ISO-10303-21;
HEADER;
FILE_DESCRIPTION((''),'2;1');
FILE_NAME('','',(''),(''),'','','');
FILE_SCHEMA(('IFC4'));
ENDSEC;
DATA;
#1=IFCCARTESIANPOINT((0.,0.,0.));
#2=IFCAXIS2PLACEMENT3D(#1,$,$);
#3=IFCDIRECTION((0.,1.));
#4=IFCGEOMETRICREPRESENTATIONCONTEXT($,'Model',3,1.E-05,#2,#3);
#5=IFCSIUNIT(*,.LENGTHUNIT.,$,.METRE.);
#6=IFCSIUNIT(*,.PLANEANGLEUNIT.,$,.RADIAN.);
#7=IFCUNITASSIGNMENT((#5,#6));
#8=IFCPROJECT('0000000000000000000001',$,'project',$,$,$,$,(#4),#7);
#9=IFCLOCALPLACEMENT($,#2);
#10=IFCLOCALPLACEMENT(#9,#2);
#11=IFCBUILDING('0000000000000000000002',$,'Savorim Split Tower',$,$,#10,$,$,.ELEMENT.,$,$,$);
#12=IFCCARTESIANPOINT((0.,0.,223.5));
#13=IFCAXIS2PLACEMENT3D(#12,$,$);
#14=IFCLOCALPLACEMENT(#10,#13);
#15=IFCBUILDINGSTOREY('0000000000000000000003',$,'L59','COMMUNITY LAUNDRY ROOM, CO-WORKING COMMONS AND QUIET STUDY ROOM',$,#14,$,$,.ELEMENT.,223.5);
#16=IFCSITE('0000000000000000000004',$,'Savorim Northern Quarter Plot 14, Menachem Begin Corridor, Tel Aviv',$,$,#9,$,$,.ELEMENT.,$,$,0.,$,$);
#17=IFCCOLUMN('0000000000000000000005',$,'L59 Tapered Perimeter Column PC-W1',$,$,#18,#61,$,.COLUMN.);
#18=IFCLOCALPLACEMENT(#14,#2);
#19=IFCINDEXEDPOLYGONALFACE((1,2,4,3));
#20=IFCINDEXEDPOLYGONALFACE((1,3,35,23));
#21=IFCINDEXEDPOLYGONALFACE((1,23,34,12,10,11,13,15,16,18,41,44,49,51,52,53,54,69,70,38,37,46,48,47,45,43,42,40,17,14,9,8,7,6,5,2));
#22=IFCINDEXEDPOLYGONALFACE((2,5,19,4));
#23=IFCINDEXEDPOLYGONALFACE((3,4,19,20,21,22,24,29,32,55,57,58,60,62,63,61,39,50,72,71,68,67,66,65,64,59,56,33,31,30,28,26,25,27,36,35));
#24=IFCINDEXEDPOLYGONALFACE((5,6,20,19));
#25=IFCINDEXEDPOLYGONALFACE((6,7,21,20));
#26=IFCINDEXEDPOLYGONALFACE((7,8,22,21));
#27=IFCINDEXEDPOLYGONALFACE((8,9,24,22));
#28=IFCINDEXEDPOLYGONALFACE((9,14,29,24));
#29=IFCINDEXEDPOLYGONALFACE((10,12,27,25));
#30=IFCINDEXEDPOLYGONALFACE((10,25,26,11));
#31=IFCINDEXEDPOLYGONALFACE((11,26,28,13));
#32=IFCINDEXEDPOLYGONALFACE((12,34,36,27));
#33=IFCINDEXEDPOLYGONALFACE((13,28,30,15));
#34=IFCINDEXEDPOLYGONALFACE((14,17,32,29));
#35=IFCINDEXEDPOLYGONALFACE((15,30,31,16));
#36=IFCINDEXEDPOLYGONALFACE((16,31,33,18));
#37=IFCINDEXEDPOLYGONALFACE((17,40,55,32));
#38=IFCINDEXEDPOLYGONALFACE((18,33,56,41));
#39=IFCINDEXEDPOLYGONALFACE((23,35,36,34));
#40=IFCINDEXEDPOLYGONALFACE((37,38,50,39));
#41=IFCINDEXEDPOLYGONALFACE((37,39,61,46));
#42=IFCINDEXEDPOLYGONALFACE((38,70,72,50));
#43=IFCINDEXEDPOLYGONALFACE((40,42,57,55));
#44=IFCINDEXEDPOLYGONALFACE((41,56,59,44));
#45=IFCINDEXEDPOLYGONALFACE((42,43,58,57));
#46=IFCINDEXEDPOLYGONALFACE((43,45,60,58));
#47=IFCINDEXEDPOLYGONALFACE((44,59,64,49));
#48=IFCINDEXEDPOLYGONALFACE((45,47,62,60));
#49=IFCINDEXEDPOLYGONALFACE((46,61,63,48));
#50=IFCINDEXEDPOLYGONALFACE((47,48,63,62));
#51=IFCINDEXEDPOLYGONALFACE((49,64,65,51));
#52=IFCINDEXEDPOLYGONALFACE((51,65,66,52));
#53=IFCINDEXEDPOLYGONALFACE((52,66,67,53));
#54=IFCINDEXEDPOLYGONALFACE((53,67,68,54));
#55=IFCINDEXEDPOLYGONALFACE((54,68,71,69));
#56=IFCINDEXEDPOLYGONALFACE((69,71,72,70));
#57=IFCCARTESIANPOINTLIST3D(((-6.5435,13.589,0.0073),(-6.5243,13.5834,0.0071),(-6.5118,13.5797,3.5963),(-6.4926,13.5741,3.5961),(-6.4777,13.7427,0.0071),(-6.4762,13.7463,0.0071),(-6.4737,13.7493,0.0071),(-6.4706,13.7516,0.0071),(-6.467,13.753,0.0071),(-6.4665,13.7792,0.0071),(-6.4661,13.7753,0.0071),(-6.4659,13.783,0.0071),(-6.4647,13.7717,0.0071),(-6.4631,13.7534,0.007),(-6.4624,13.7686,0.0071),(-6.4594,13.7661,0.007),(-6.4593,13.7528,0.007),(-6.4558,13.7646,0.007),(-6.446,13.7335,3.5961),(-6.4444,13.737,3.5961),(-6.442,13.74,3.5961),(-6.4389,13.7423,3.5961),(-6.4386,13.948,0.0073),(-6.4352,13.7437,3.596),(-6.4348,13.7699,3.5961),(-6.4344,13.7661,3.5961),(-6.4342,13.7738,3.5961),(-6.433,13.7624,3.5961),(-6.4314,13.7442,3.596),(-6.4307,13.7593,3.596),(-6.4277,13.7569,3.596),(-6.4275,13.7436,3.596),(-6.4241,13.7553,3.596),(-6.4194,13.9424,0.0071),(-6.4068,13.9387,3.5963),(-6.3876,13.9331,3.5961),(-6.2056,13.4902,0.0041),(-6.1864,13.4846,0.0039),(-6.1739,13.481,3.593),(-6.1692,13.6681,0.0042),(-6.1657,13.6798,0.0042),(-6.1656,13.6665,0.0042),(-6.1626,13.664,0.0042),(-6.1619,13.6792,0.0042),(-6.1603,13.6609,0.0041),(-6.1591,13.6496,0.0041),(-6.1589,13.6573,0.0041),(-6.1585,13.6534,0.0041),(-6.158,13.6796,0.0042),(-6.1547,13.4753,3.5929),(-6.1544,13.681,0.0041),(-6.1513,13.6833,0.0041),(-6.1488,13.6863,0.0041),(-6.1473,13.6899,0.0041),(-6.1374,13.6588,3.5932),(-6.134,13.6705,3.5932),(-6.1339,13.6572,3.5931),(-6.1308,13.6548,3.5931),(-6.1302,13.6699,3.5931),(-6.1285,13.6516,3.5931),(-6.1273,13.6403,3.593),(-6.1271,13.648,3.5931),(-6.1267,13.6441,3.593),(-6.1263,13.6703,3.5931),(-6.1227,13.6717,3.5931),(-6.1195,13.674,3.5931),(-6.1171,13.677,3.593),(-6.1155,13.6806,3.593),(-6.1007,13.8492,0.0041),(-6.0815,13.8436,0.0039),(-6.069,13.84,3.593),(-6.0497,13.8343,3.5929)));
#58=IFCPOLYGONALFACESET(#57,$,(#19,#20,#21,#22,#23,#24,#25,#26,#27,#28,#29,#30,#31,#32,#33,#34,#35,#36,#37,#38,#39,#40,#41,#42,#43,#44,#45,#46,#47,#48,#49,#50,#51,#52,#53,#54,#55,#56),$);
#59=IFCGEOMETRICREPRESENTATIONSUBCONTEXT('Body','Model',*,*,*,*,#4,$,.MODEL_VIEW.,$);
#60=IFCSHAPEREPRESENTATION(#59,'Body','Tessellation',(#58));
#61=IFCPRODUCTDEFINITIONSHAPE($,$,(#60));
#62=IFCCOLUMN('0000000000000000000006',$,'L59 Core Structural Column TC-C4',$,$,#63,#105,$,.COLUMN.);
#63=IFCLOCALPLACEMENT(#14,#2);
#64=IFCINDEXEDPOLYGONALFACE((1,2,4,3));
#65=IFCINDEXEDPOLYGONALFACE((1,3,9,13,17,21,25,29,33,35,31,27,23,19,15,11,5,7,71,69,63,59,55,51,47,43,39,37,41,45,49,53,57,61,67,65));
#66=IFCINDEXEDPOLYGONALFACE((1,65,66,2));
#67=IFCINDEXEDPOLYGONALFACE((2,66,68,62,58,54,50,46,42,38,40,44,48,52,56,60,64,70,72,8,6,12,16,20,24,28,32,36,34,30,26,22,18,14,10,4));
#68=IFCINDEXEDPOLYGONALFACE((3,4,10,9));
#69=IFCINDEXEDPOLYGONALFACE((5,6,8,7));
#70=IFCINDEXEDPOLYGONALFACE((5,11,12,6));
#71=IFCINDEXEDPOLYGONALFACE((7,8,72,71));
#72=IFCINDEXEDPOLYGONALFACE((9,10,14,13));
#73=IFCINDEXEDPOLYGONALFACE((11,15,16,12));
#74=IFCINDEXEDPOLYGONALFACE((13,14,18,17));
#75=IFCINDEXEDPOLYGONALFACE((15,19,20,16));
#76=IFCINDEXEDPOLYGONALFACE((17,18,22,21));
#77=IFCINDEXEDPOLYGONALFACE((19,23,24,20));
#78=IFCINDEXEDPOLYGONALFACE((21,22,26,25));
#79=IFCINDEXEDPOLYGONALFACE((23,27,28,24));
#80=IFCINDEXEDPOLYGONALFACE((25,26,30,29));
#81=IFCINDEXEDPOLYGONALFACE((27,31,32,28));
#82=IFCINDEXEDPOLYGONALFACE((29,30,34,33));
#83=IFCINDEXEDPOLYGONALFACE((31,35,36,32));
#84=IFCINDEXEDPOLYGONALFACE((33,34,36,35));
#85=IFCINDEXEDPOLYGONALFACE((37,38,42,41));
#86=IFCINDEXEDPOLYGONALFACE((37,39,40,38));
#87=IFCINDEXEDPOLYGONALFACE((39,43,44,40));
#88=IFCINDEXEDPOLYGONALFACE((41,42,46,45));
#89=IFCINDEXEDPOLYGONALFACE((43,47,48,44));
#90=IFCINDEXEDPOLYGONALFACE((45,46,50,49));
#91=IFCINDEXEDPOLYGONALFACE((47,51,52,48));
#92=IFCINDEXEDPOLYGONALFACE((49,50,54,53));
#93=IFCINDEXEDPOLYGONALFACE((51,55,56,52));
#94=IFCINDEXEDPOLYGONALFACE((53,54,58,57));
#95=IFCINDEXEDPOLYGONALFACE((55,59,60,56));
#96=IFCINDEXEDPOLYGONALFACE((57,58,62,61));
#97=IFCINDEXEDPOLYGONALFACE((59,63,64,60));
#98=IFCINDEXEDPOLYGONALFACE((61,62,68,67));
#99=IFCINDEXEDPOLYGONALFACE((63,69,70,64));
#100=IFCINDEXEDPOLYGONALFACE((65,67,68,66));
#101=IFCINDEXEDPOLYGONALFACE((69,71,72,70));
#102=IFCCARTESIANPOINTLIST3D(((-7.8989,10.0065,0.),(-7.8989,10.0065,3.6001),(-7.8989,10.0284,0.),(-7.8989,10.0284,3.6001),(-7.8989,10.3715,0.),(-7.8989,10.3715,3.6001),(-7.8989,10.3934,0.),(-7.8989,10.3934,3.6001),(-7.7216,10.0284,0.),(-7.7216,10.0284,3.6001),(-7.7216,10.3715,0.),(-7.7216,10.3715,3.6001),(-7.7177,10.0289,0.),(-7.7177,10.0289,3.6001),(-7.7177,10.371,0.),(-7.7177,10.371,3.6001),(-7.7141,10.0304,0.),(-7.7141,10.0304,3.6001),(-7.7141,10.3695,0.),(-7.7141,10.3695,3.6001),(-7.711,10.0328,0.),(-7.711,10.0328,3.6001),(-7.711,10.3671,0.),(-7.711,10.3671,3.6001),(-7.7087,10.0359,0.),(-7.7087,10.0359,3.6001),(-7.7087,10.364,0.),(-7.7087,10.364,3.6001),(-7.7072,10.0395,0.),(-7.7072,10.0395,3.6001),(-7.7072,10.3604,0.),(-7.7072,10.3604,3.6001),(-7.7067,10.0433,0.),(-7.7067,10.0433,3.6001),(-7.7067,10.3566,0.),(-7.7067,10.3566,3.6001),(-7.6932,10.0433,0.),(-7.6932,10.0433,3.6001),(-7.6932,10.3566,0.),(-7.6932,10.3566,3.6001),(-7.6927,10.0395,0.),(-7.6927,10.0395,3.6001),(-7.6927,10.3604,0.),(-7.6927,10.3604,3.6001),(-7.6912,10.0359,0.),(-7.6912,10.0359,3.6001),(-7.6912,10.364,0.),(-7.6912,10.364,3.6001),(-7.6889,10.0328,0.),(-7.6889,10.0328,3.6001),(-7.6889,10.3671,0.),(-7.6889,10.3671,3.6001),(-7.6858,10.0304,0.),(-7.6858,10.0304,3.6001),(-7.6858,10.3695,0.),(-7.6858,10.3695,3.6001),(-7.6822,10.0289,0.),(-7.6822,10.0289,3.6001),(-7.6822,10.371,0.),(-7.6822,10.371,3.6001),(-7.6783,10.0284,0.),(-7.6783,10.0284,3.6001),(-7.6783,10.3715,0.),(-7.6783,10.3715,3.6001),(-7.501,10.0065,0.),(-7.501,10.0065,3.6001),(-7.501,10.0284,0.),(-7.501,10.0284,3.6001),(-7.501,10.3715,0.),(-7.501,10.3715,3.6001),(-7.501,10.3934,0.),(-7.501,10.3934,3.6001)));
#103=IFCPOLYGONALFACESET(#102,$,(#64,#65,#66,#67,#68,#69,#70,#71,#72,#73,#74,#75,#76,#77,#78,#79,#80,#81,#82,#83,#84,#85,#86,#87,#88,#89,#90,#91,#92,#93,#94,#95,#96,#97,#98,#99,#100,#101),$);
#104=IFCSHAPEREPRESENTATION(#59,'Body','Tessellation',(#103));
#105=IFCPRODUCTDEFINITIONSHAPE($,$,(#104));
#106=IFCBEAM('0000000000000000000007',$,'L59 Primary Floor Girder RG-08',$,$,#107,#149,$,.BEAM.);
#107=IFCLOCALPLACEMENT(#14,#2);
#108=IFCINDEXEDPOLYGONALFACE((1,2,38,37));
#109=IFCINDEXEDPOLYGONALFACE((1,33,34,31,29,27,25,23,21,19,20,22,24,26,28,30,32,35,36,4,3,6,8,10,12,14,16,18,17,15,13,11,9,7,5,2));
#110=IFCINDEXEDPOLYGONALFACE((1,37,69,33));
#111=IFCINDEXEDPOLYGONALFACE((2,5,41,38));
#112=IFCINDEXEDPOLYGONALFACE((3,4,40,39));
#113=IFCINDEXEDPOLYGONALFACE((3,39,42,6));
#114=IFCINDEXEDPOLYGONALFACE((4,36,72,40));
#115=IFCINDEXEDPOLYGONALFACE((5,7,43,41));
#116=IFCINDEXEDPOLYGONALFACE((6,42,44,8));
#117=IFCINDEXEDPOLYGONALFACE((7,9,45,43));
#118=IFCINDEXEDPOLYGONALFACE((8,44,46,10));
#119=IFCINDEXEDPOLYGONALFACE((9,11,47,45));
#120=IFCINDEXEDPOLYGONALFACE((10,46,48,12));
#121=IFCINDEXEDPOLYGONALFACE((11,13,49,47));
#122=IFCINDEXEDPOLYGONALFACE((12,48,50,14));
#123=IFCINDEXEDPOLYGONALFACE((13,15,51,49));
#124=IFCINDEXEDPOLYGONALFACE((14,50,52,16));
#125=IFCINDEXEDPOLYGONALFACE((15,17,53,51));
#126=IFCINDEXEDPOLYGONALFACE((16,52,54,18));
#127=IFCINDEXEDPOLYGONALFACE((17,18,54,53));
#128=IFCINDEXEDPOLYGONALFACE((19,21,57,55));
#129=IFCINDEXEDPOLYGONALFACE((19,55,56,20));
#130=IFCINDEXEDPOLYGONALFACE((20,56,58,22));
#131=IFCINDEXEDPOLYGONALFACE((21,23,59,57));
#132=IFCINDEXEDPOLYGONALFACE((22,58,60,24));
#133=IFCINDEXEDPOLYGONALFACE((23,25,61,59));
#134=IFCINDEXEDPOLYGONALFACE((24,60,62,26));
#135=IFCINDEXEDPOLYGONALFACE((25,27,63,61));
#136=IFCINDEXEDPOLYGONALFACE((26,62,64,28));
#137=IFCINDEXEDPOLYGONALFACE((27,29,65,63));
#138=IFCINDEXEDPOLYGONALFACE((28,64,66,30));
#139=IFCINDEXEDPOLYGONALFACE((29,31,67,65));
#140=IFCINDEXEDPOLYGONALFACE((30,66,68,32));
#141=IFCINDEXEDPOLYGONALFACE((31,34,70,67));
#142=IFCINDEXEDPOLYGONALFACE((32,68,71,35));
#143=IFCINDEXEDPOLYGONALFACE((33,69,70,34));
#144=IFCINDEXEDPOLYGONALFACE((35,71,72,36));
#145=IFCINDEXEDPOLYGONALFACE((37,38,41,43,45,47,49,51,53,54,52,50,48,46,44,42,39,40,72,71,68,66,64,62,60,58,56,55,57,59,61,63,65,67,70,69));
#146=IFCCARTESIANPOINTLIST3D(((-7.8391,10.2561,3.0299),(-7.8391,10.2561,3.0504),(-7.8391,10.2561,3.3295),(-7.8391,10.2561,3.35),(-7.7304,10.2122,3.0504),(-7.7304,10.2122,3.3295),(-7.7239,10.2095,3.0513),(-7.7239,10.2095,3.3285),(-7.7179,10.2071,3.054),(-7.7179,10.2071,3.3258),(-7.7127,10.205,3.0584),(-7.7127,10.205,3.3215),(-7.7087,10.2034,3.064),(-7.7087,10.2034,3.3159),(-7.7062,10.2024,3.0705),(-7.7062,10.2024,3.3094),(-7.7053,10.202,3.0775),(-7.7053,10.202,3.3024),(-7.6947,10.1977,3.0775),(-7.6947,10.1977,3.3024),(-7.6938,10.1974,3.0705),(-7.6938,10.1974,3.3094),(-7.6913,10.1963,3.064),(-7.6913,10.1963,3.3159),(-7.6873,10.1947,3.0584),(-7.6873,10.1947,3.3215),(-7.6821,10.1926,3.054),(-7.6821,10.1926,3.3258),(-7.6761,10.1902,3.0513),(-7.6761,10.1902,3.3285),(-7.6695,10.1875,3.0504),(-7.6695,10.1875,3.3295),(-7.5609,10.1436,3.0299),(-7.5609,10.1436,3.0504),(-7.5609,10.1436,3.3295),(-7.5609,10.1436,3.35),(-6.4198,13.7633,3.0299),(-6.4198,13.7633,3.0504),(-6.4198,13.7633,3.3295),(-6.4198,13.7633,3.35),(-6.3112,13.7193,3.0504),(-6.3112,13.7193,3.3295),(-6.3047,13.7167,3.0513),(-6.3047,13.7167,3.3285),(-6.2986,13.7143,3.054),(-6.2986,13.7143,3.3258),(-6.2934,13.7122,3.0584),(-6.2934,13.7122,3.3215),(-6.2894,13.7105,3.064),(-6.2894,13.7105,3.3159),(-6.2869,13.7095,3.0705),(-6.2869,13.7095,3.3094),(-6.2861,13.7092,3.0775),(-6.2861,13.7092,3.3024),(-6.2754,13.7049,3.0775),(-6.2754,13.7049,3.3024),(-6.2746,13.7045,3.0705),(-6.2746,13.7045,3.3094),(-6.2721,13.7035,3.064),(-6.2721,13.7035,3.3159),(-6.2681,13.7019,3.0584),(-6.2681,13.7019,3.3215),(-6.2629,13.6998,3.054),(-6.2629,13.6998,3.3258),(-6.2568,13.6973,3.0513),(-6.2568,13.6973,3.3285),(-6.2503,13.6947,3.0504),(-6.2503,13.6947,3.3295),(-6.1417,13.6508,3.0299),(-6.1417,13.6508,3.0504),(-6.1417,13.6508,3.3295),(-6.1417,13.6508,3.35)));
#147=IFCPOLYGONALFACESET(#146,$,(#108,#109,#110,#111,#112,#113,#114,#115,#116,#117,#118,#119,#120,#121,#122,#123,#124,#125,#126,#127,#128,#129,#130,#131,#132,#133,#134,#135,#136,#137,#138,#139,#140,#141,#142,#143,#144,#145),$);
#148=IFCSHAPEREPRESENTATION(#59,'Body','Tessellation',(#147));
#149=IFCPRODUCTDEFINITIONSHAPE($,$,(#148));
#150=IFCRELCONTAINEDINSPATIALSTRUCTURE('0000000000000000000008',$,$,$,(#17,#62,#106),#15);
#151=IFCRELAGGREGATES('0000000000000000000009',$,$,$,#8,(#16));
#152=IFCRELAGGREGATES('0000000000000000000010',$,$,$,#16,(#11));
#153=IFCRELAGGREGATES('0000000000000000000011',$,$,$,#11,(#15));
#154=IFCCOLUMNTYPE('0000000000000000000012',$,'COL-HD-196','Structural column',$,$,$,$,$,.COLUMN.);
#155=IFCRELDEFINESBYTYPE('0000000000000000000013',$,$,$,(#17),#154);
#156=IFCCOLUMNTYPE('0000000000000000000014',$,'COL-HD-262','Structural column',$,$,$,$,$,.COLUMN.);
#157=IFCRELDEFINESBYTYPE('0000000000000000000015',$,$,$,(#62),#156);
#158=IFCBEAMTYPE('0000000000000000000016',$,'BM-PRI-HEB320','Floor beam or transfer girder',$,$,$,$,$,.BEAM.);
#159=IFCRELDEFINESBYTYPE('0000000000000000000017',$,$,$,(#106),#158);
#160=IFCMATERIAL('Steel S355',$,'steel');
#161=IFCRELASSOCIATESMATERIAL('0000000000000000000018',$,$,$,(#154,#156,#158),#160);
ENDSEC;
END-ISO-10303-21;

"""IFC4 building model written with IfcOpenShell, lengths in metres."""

from ifc_helpers import new_model, si_unit, direction, frame, origin, origin_2d, place, context, subcontext, project, spatial, i_section, extrude, material, material_profile, profile_set, type_object, element, save


model = new_model("IFC4")

# Units and contexts
model_context = context("Model", 3, precision=1e-05, world=origin(), true_north=direction((0.0, 1.0)))
body_context = subcontext(model_context, "Body", "Model", "MODEL_VIEW")
ifc_project = project(units=[si_unit("LENGTHUNIT", "METRE"), si_unit("PLANEANGLEUNIT", "RADIAN")], contexts=[model_context])

# Site, building, storey
site_placement = place(None, origin())
site = spatial("IfcSite", under=ifc_project, at=site_placement, Name="Savorim Northern Quarter Plot 14, Menachem Begin Corridor, Tel Aviv", CompositionType="ELEMENT", RefElevation=0.0)
building_placement = place(site_placement, origin())
building = spatial("IfcBuilding", under=site, at=building_placement, Name="Savorim Split Tower", CompositionType="ELEMENT")
storey_placement = place(building_placement, frame((0.0, 0.0, 223.5)))
storey = spatial("IfcBuildingStorey", under=building, at=storey_placement, Name="L59", Description="COMMUNITY LAUNDRY ROOM, CO-WORKING COMMONS AND QUIET STUDY ROOM", CompositionType="ELEMENT", Elevation=223.5)

# Columns
ifc_material_1 = material(Name="Steel S355", Category="steel")
ifc_material_profile_1 = material_profile(ifc_material_1, i_section(OverallWidth=0.374, OverallDepth=0.3721, WebThickness=0.0122, FlangeThickness=0.02, FilletRadius=0.0149, at=origin_2d()), Name="HD 360x196")
ifc_profile_set_1 = profile_set([ifc_material_profile_1], Name="Steel S355")
column_type_1 = type_object("IfcColumnType", Name="COL-HD-196", Description="Structural column", PredefinedType="COLUMN", material=ifc_profile_set_1)
column_1_placement = place(storey_placement, frame((-6.3125, 13.7163, 0.0056), z_axis=(0.008843, -0.002585, 0.999958), x_axis=(0.280567, 0.959834, 0.0)))
element("IfcColumn", 1, at=column_1_placement, inside=storey, type_object=column_type_1, Name="L59 Tapered Perimeter Column PC-W1", PredefinedType="COLUMN", context=body_context, shape_type="SweptSolid", body=[
    extrude(i_section(OverallWidth=0.374, OverallDepth=0.3721, WebThickness=0.0122, FlangeThickness=0.02, FilletRadius=0.0149, at=origin_2d()), origin(), (0.0, 0.0, 1.0), 3.5891),
])
ifc_material_profile_2 = material_profile(ifc_material_1, i_section(OverallWidth=0.3979, OverallDepth=0.387, WebThickness=0.0134, FlangeThickness=0.022, FilletRadius=0.0149, at=origin_2d()), Name="HD 400x262")
ifc_profile_set_2 = profile_set([ifc_material_profile_2], Name="Steel S355")
column_type_2 = type_object("IfcColumnType", Name="COL-HD-262", Description="Structural column", PredefinedType="COLUMN", material=ifc_profile_set_2)
column_2_placement = place(storey_placement, frame((-7.7, 10.2, 0.0), z_axis=(0.0, 0.0, 1.0), x_axis=(1.0, 0.0, 0.0)))
element("IfcColumn", 2, at=column_2_placement, inside=storey, type_object=column_type_2, Name="L59 Core Structural Column TC-C4", PredefinedType="COLUMN", context=body_context, shape_type="SweptSolid", body=[
    extrude(i_section(OverallWidth=0.3979, OverallDepth=0.387, WebThickness=0.0134, FlangeThickness=0.022, FilletRadius=0.0149, at=origin_2d()), origin(), (0.0, 0.0, 1.0), 3.6001),
])

# Beam
ifc_material_profile_3 = material_profile(ifc_material_1, i_section(OverallWidth=0.3, OverallDepth=0.3201, WebThickness=0.0115, FlangeThickness=0.0205, FilletRadius=0.0271, at=origin_2d()), Name="HEB 320")
ifc_profile_set_3 = profile_set([ifc_material_profile_3], Name="Steel S355")
beam_type_1 = type_object("IfcBeamType", Name="BM-PRI-HEB320", Description="Floor beam or transfer girder", PredefinedType="BEAM", material=ifc_profile_set_3)
beam_1_placement = place(storey_placement, frame((-6.2808, 13.707, 3.1899), z_axis=(-0.375115, -0.926978, 0.0), x_axis=(0.926978, -0.375115, 0.0)))
element("IfcBeam", 3, at=beam_1_placement, inside=storey, type_object=beam_type_1, Name="L59 Primary Floor Girder RG-08", PredefinedType="BEAM", context=body_context, shape_type="SweptSolid", body=[
    extrude(i_section(OverallWidth=0.3, OverallDepth=0.3201, WebThickness=0.0115, FlangeThickness=0.0205, FilletRadius=0.0271, at=origin_2d()), origin(), (0.0, 0.0, 1.0), 3.7834),
])

save(model, "model.ifc")
